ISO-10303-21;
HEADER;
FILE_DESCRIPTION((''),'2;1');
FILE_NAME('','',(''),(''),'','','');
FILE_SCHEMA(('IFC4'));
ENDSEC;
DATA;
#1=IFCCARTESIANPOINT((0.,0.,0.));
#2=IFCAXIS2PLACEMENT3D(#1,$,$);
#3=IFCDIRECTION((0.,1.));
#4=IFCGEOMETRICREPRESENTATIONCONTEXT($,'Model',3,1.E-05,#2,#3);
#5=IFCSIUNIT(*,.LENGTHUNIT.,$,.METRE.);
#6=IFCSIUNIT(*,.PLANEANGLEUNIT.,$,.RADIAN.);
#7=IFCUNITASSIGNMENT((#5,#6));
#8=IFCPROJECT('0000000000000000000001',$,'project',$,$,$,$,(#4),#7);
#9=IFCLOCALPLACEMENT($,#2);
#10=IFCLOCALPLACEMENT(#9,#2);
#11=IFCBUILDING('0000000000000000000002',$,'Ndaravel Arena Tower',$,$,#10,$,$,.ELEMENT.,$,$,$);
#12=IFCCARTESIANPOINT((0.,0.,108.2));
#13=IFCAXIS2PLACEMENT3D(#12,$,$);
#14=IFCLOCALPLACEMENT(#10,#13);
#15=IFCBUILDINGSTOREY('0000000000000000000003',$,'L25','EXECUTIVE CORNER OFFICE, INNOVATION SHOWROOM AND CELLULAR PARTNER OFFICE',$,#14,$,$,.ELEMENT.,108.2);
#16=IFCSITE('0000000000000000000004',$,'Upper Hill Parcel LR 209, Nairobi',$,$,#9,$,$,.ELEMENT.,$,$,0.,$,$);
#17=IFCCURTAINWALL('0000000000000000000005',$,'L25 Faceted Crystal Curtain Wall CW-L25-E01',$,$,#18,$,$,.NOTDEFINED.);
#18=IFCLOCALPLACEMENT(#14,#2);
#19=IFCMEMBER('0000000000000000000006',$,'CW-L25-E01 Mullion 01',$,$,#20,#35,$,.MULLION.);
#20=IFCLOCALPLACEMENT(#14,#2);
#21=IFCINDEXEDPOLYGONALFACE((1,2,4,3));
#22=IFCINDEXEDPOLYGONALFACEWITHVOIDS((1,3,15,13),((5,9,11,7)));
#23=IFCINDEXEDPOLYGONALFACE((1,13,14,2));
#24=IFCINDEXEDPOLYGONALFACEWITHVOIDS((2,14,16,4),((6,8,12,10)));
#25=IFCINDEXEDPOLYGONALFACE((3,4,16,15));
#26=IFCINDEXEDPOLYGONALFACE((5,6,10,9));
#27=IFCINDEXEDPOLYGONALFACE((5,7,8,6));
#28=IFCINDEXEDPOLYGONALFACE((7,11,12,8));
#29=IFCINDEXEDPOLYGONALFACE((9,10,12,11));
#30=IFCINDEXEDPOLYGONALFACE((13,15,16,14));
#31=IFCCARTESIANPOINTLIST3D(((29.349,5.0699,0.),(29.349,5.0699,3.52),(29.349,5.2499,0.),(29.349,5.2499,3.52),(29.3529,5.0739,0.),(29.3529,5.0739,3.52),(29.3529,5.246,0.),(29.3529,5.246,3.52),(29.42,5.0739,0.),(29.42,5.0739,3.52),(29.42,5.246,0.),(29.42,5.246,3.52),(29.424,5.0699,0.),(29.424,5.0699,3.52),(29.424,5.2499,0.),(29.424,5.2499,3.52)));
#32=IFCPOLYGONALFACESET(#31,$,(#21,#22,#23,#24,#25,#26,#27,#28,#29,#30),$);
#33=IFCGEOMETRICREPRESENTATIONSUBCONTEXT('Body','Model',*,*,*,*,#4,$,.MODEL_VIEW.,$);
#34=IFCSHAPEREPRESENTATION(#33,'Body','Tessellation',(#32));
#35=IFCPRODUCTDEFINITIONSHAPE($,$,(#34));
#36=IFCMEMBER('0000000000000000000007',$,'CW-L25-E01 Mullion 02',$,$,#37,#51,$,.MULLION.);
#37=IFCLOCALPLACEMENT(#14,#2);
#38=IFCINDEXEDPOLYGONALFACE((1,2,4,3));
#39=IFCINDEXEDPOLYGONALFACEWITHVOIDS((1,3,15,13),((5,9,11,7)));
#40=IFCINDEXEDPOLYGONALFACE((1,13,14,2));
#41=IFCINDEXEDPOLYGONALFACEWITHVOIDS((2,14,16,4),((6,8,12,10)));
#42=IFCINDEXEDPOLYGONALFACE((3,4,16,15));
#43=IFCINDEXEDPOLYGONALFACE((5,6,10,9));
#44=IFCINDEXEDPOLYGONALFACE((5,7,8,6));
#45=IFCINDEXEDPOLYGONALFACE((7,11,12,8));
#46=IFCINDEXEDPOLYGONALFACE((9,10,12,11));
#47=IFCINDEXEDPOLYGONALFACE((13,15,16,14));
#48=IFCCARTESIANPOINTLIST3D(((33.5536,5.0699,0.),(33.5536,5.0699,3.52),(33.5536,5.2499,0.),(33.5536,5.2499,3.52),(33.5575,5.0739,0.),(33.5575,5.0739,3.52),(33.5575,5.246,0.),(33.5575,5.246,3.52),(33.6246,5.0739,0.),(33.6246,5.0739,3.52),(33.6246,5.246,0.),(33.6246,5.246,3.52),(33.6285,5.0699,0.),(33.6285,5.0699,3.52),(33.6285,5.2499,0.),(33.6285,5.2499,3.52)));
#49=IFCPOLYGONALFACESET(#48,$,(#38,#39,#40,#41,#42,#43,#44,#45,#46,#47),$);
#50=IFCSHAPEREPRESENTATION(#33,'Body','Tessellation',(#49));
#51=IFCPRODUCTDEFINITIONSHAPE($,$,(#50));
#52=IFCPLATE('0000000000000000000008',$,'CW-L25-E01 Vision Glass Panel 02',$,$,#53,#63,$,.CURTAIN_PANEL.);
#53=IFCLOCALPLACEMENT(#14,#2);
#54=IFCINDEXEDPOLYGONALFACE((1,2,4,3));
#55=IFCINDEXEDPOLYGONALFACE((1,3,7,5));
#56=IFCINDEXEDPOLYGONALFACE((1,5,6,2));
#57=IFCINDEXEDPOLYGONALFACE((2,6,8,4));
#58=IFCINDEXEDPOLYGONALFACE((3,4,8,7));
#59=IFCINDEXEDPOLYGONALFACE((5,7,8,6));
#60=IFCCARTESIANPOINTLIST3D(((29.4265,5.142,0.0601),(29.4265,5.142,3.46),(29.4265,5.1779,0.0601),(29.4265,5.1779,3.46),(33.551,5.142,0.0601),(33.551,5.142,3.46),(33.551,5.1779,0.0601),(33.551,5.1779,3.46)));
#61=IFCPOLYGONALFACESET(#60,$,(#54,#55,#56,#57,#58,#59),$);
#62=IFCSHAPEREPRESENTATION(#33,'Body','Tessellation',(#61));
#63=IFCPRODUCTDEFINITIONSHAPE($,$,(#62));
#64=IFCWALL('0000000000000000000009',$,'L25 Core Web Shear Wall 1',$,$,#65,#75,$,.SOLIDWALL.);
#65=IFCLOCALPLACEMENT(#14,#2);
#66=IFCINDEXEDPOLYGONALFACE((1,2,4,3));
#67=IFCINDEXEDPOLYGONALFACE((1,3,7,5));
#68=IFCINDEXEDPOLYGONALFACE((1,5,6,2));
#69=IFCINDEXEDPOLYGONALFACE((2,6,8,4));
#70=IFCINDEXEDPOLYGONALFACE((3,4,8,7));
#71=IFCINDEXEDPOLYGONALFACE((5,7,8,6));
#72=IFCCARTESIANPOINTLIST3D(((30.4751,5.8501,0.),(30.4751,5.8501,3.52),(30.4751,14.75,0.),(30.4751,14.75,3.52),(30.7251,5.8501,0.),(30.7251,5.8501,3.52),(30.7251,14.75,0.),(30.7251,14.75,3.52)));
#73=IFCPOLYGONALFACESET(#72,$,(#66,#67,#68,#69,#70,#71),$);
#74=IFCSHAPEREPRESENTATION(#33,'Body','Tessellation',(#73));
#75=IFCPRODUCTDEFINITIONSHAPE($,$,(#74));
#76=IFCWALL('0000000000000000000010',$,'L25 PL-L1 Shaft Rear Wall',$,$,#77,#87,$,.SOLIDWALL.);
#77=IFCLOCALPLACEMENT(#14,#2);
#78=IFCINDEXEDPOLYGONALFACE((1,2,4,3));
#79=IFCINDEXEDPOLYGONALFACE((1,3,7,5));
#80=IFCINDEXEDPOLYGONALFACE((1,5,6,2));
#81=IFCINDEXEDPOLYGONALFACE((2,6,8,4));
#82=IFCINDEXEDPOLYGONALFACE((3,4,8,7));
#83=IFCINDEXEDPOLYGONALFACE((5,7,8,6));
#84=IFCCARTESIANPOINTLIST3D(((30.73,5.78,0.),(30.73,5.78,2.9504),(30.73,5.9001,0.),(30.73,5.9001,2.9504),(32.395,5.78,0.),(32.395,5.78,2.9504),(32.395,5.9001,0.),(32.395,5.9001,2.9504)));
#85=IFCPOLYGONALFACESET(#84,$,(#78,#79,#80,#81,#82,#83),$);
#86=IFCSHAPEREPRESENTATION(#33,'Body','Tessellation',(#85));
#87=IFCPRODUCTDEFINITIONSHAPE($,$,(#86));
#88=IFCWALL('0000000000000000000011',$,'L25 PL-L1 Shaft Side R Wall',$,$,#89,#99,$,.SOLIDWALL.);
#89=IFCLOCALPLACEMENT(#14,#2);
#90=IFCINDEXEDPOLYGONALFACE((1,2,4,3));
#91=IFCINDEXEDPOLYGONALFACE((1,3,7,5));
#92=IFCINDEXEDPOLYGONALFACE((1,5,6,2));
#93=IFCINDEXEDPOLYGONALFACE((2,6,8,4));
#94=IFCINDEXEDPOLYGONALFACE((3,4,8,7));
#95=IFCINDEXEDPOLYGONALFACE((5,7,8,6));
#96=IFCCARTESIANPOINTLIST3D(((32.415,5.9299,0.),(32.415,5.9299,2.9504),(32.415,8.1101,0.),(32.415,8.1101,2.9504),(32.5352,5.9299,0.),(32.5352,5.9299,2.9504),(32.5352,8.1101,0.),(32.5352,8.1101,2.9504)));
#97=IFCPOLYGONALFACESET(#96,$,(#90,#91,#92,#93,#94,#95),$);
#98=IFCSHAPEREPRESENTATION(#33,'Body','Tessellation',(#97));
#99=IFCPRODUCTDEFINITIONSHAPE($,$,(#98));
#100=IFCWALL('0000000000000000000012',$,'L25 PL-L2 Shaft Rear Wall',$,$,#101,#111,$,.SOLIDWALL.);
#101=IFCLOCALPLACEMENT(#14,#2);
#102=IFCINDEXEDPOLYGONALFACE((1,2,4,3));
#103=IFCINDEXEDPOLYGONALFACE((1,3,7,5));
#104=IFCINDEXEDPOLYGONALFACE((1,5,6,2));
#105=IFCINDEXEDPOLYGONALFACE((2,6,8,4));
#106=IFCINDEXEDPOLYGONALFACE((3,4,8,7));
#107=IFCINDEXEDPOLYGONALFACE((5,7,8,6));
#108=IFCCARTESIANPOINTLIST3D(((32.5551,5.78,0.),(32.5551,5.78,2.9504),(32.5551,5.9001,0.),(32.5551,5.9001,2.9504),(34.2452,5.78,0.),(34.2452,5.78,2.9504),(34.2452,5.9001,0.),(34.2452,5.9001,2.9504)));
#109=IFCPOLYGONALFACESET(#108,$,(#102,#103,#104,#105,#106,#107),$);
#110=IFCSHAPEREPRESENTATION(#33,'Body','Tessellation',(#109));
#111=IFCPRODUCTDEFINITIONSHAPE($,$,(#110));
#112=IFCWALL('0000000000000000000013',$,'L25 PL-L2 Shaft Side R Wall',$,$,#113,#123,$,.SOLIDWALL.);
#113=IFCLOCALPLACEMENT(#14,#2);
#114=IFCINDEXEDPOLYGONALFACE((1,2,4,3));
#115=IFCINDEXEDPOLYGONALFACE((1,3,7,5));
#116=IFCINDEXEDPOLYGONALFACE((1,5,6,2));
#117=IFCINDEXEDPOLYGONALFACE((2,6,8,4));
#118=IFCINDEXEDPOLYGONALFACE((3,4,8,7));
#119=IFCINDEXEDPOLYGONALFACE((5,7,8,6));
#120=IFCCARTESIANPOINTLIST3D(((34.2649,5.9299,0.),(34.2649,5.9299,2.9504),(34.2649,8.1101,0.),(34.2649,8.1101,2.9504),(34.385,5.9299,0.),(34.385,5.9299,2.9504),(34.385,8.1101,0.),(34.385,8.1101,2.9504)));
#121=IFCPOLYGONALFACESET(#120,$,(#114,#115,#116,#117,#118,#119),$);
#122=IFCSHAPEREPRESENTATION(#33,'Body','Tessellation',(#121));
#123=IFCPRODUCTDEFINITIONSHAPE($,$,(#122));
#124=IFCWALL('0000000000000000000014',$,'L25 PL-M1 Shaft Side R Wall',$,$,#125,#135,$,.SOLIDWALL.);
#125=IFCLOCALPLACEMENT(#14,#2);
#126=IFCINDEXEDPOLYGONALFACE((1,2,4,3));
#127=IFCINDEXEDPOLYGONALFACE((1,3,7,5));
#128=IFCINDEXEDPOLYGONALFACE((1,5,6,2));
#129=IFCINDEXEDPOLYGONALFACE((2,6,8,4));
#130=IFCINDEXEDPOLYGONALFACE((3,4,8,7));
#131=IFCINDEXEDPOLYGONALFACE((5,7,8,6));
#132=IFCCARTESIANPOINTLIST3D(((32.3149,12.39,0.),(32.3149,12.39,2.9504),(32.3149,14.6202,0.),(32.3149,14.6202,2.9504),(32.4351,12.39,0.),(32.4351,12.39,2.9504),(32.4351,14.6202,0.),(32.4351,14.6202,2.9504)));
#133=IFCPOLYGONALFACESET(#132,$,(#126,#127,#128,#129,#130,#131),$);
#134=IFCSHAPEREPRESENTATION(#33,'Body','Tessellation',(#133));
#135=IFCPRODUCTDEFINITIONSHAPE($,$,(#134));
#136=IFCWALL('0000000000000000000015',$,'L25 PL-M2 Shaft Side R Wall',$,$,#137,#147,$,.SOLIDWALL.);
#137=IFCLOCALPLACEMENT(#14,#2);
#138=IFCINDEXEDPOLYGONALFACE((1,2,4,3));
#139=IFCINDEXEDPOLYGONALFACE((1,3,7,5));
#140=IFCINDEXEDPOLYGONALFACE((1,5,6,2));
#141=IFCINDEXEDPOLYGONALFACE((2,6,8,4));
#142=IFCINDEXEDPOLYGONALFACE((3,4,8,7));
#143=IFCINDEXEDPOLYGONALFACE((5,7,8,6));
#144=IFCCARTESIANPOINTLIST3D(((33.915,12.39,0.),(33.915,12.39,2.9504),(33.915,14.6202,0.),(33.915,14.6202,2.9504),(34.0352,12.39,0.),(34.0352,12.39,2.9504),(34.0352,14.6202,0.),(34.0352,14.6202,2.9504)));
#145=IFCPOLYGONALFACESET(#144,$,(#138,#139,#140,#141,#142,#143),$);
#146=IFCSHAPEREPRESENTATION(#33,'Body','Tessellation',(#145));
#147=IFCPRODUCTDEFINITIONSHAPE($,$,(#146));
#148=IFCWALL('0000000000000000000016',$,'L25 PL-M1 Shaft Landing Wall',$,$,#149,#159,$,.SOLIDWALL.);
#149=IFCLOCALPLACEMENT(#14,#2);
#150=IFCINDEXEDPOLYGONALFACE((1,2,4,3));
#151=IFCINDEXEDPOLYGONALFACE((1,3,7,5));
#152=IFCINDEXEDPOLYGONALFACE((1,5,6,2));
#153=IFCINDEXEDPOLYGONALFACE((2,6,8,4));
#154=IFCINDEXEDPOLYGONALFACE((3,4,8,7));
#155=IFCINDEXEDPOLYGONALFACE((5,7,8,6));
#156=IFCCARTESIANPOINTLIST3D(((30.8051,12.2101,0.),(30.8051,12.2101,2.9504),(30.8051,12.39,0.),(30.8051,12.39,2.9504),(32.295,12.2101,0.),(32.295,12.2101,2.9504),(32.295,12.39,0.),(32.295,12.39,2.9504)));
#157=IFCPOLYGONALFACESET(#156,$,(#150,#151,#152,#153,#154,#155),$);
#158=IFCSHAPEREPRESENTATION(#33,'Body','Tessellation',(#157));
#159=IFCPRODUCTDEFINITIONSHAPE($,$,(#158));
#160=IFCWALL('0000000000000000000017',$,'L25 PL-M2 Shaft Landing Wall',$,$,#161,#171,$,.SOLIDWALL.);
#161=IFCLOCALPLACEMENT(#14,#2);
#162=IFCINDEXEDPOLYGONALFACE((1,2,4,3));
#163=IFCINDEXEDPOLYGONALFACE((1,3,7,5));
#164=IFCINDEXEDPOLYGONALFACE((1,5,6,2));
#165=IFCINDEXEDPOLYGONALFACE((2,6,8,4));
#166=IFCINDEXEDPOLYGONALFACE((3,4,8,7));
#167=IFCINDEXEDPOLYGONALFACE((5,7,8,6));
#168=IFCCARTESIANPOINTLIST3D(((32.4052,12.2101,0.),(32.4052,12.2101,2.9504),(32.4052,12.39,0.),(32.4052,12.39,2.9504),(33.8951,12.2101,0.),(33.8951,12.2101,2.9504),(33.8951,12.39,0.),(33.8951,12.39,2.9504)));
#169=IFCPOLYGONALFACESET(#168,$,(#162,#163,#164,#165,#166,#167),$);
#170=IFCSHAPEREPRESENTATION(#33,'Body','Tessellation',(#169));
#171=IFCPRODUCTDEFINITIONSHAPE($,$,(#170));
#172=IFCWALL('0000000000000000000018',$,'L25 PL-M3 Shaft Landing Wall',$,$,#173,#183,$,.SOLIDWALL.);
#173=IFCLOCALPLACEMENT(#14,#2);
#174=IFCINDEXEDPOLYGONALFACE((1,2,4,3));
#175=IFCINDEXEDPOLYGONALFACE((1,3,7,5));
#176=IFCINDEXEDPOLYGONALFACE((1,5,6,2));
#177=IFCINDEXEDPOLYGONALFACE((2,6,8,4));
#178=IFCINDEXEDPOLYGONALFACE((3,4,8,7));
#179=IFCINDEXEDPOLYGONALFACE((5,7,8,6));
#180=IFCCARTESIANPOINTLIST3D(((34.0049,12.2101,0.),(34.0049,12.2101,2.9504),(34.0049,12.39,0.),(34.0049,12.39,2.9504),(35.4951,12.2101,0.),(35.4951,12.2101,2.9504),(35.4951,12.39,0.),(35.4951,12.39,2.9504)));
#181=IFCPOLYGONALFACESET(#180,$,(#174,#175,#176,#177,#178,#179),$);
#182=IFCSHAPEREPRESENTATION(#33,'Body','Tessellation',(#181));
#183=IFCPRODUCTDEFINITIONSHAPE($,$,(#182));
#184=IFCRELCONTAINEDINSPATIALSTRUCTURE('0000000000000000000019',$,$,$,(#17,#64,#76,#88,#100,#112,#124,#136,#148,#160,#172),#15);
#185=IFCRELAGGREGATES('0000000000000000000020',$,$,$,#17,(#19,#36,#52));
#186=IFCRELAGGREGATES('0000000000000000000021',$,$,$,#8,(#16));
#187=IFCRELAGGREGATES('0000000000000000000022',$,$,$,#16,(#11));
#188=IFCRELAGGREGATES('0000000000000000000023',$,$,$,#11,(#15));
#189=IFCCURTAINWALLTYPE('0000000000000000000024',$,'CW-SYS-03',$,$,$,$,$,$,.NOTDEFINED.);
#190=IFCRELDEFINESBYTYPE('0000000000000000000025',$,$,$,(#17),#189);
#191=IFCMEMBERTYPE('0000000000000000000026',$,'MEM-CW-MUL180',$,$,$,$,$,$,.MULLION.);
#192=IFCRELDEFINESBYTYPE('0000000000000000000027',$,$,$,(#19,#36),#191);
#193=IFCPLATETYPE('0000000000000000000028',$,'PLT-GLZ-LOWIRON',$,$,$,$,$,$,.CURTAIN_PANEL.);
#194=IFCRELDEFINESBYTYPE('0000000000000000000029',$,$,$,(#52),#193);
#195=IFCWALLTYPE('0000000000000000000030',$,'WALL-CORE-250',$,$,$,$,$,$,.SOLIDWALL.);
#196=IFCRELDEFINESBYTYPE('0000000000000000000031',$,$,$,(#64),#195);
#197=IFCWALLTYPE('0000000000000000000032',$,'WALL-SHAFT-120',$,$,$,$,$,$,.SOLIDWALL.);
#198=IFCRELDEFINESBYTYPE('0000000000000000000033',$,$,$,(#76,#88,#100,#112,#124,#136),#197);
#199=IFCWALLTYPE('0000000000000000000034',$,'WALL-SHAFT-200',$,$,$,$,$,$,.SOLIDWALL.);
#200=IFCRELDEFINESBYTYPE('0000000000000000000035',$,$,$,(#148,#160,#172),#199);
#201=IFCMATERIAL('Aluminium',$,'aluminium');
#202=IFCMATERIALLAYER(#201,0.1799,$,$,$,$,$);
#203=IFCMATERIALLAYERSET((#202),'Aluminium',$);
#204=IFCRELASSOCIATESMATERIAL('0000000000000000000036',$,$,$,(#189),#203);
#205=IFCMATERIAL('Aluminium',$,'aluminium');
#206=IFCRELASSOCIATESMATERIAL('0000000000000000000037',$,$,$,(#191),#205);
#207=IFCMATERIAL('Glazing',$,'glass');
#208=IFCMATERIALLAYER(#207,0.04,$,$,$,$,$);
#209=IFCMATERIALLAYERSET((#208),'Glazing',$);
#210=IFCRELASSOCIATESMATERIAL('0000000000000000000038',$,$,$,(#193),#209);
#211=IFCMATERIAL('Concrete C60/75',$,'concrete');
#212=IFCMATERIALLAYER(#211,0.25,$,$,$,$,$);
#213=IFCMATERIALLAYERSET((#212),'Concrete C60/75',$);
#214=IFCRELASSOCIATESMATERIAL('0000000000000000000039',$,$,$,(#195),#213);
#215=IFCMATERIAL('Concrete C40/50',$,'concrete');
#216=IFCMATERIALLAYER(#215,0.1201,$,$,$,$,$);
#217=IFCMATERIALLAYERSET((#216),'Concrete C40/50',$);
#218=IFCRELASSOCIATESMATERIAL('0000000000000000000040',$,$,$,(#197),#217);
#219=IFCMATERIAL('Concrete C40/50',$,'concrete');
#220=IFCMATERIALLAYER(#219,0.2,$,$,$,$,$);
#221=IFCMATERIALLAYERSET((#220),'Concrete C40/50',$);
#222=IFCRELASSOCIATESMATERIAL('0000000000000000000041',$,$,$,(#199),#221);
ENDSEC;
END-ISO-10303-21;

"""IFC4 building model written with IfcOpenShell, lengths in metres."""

from ifc_helpers import new_model, si_unit, direction, frame, frame_2d, origin, origin_2d, place, context, subcontext, project, spatial, rectangle, hollow_rectangle, extrude, material, layer, layer_set, material_profile, profile_set, type_object, element, aggregate, save


model = new_model("IFC4")

# Units and contexts
model_context = context("Model", 3, precision=1e-05, world=origin(), true_north=direction((0.0, 1.0)))
body_context = subcontext(model_context, "Body", "Model", "MODEL_VIEW")
ifc_project = project(units=[si_unit("LENGTHUNIT", "METRE"), si_unit("PLANEANGLEUNIT", "RADIAN")], contexts=[model_context])

# Site, building, storey
site_placement = place(None, origin())
site = spatial("IfcSite", under=ifc_project, at=site_placement, Name="Upper Hill Parcel LR 209, Nairobi", CompositionType="ELEMENT", RefElevation=0.0)
building_placement = place(site_placement, origin())
building = spatial("IfcBuilding", under=site, at=building_placement, Name="Ndaravel Arena Tower", CompositionType="ELEMENT")
storey_placement = place(building_placement, frame((0.0, 0.0, 108.2)))
storey = spatial("IfcBuildingStorey", under=building, at=storey_placement, Name="L25", Description="EXECUTIVE CORNER OFFICE, INNOVATION SHOWROOM AND CELLULAR PARTNER OFFICE", CompositionType="ELEMENT", Elevation=108.2)

# Curtain wall, members, plate
ifc_material_1 = material(Name="Aluminium", Category="aluminium")
ifc_layer_1 = layer(ifc_material_1, 0.1799)
ifc_layer_set_1 = layer_set([ifc_layer_1], Name="Aluminium")
curtain_wall_type = type_object("IfcCurtainWallType", Name="CW-SYS-03", PredefinedType="NOTDEFINED", material=ifc_layer_set_1)
curtain_wall_placement = place(storey_placement, origin())
curtain_wall = element("IfcCurtainWall", 1, at=curtain_wall_placement, inside=storey, type_object=curtain_wall_type, Name="L25 Faceted Crystal Curtain Wall CW-L25-E01", PredefinedType="NOTDEFINED")
ifc_material_2 = material(Name="Aluminium", Category="aluminium")
ifc_material_profile = material_profile(ifc_material_2, hollow_rectangle(XDim=0.075, YDim=0.1799, WallThickness=0.0039, at=origin_2d()), Name="CW MULLION 75x180x4")
ifc_profile_set = profile_set([ifc_material_profile], Name="Aluminium")
member_type = type_object("IfcMemberType", Name="MEM-CW-MUL180", PredefinedType="MULLION", material=ifc_profile_set)
member_1_placement = place(storey_placement, frame((29.3865, 5.1599, 0.0), z_axis=(0.0, 0.0, 1.0), x_axis=(1.0, 0.0, 0.0)))
member_1 = element("IfcMember", 2, at=member_1_placement, type_object=member_type, Name="CW-L25-E01 Mullion 01", PredefinedType="MULLION", context=body_context, shape_type="SweptSolid", body=[
    extrude(hollow_rectangle(XDim=0.075, YDim=0.1799, WallThickness=0.0039, at=origin_2d()), origin(), (0.0, 0.0, 1.0), 3.52),
])
member_2_placement = place(storey_placement, frame((33.5911, 5.1599, 0.0), z_axis=(0.0, 0.0, 1.0), x_axis=(1.0, 0.0, 0.0)))
member_2 = element("IfcMember", 3, at=member_2_placement, type_object=member_type, Name="CW-L25-E01 Mullion 02", PredefinedType="MULLION", context=body_context, shape_type="SweptSolid", body=[
    extrude(hollow_rectangle(XDim=0.075, YDim=0.1799, WallThickness=0.0039, at=origin_2d()), origin(), (0.0, 0.0, 1.0), 3.52),
])
ifc_material_3 = material(Name="Glazing", Category="glass")
ifc_layer_2 = layer(ifc_material_3, 0.04)
ifc_layer_set_2 = layer_set([ifc_layer_2], Name="Glazing")
plate_type = type_object("IfcPlateType", Name="PLT-GLZ-LOWIRON", PredefinedType="CURTAIN_PANEL", material=ifc_layer_set_2)
plate_placement = place(storey_placement, frame((31.4888, 5.1599, 0.0601), z_axis=(0.0, 0.0, 1.0), x_axis=(1.0, 0.0, 0.0)))
plate = element("IfcPlate", 4, at=plate_placement, type_object=plate_type, Name="CW-L25-E01 Vision Glass Panel 02", PredefinedType="CURTAIN_PANEL", context=body_context, shape_type="SweptSolid", body=[
    extrude(rectangle(XDim=4.1245, YDim=0.0359, at=origin_2d()), origin(), (0.0, 0.0, 1.0), 3.3999),
])
aggregate(curtain_wall, [member_1, member_2, plate])

# Walls
ifc_material_4 = material(Name="Concrete C60/75", Category="concrete")
ifc_layer_3 = layer(ifc_material_4, 0.25)
ifc_layer_set_3 = layer_set([ifc_layer_3], Name="Concrete C60/75")
wall_type_1 = type_object("IfcWallType", Name="WALL-CORE-250", PredefinedType="SOLIDWALL", material=ifc_layer_set_3)
wall_1_placement = place(storey_placement, frame((30.6001, 5.8501, 0.0), z_axis=(0.0, 0.0, 1.0), x_axis=(0.0, 1.0, 0.0)))
element("IfcWall", 5, at=wall_1_placement, inside=storey, type_object=wall_type_1, Name="L25 Core Web Shear Wall 1", PredefinedType="SOLIDWALL", context=body_context, shape_type="SweptSolid", body=[
    extrude(rectangle(XDim=8.8999, YDim=0.25, at=frame_2d((4.45, 0.0))), origin(), (0.0, 0.0, 1.0), 3.52),
])
ifc_material_5 = material(Name="Concrete C40/50", Category="concrete")
ifc_layer_4 = layer(ifc_material_5, 0.1201)
ifc_layer_set_4 = layer_set([ifc_layer_4], Name="Concrete C40/50")
wall_type_2 = type_object("IfcWallType", Name="WALL-SHAFT-120", PredefinedType="SOLIDWALL", material=ifc_layer_set_4)
wall_2_placement = place(storey_placement, frame((30.73, 5.8401, 0.0), z_axis=(0.0, 0.0, 1.0), x_axis=(1.0, 0.0, 0.0)))
element("IfcWall", 6, at=wall_2_placement, inside=storey, type_object=wall_type_2, Name="L25 PL-L1 Shaft Rear Wall", PredefinedType="SOLIDWALL", context=body_context, shape_type="SweptSolid", body=[
    extrude(rectangle(XDim=1.665, YDim=0.1201, at=frame_2d((0.8325, 0.0))), origin(), (0.0, 0.0, 1.0), 2.9504),
])
wall_3_placement = place(storey_placement, frame((32.4751, 5.9299, 0.0), z_axis=(0.0, 0.0, 1.0), x_axis=(0.0, 1.0, 0.0)))
element("IfcWall", 7, at=wall_3_placement, inside=storey, type_object=wall_type_2, Name="L25 PL-L1 Shaft Side R Wall", PredefinedType="SOLIDWALL", context=body_context, shape_type="SweptSolid", body=[
    extrude(rectangle(XDim=2.1802, YDim=0.1201, at=frame_2d((1.0901, 0.0))), origin(), (0.0, 0.0, 1.0), 2.9504),
])
wall_4_placement = place(storey_placement, frame((32.5549, 5.8401, 0.0), z_axis=(0.0, 0.0, 1.0), x_axis=(1.0, 0.0, 0.0)))
element("IfcWall", 8, at=wall_4_placement, inside=storey, type_object=wall_type_2, Name="L25 PL-L2 Shaft Rear Wall", PredefinedType="SOLIDWALL", context=body_context, shape_type="SweptSolid", body=[
    extrude(rectangle(XDim=1.6902, YDim=0.1201, at=frame_2d((0.8452, 0.0))), origin(), (0.0, 0.0, 1.0), 2.9504),
])
wall_5_placement = place(storey_placement, frame((34.325, 5.9299, 0.0), z_axis=(0.0, 0.0, 1.0), x_axis=(0.0, 1.0, 0.0)))
element("IfcWall", 9, at=wall_5_placement, inside=storey, type_object=wall_type_2, Name="L25 PL-L2 Shaft Side R Wall", PredefinedType="SOLIDWALL", context=body_context, shape_type="SweptSolid", body=[
    extrude(rectangle(XDim=2.1802, YDim=0.1201, at=frame_2d((1.0901, 0.0))), origin(), (0.0, 0.0, 1.0), 2.9504),
])
for number, where, z_axis, x_axis, name in (
    (10, (32.375, 12.3899, 0.0), (0.0, 0.0, 1.0), (0.0, 1.0, 0.0), "L25 PL-M1 Shaft Side R Wall"),
    (11, (33.9751, 12.3899, 0.0), (0.0, 0.0, 1.0), (0.0, 1.0, 0.0), "L25 PL-M2 Shaft Side R Wall"),
):
    element("IfcWall", number, at=place(storey_placement, frame(where, z_axis=z_axis, x_axis=x_axis)), inside=storey, type_object=wall_type_2, Name=name, PredefinedType="SOLIDWALL", context=body_context, shape_type="SweptSolid", body=[
        extrude(rectangle(XDim=2.2302, YDim=0.1201, at=frame_2d((1.1152, 0.0))), origin(), (0.0, 0.0, 1.0), 2.9504),
    ])

# Shared definitions
ifc_material_6 = material(Name="Concrete C40/50", Category="concrete")
ifc_layer_5 = layer(ifc_material_6, 0.2)
ifc_layer_set_5 = layer_set([ifc_layer_5], Name="Concrete C40/50")
wall_type_3 = type_object("IfcWallType", Name="WALL-SHAFT-200", PredefinedType="SOLIDWALL", material=ifc_layer_set_5)

# Walls
for number, where, z_axis, x_axis, name in (
    (12, (30.8049, 12.3, 0.0), (0.0, 0.0, 1.0), (1.0, 0.0, 0.0), "L25 PL-M1 Shaft Landing Wall"),
    (13, (32.405, 12.3, 0.0), (0.0, 0.0, 1.0), (1.0, 0.0, 0.0), "L25 PL-M2 Shaft Landing Wall"),
):
    element("IfcWall", number, at=place(storey_placement, frame(where, z_axis=z_axis, x_axis=x_axis)), inside=storey, type_object=wall_type_3, Name=name, PredefinedType="SOLIDWALL", context=body_context, shape_type="SweptSolid", body=[
        extrude(rectangle(XDim=1.49, YDim=0.1799, at=frame_2d((0.7451, 0.0))), origin(), (0.0, 0.0, 1.0), 2.9504),
    ])
wall_6_placement = place(storey_placement, frame((34.0049, 12.3, 0.0), z_axis=(0.0, 0.0, 1.0), x_axis=(1.0, 0.0, 0.0)))
element("IfcWall", 14, at=wall_6_placement, inside=storey, type_object=wall_type_3, Name="L25 PL-M3 Shaft Landing Wall", PredefinedType="SOLIDWALL", context=body_context, shape_type="SweptSolid", body=[
    extrude(rectangle(XDim=1.4902, YDim=0.1799, at=frame_2d((0.7451, 0.0))), origin(), (0.0, 0.0, 1.0), 2.9504),
])

save(model, "model.ifc")
